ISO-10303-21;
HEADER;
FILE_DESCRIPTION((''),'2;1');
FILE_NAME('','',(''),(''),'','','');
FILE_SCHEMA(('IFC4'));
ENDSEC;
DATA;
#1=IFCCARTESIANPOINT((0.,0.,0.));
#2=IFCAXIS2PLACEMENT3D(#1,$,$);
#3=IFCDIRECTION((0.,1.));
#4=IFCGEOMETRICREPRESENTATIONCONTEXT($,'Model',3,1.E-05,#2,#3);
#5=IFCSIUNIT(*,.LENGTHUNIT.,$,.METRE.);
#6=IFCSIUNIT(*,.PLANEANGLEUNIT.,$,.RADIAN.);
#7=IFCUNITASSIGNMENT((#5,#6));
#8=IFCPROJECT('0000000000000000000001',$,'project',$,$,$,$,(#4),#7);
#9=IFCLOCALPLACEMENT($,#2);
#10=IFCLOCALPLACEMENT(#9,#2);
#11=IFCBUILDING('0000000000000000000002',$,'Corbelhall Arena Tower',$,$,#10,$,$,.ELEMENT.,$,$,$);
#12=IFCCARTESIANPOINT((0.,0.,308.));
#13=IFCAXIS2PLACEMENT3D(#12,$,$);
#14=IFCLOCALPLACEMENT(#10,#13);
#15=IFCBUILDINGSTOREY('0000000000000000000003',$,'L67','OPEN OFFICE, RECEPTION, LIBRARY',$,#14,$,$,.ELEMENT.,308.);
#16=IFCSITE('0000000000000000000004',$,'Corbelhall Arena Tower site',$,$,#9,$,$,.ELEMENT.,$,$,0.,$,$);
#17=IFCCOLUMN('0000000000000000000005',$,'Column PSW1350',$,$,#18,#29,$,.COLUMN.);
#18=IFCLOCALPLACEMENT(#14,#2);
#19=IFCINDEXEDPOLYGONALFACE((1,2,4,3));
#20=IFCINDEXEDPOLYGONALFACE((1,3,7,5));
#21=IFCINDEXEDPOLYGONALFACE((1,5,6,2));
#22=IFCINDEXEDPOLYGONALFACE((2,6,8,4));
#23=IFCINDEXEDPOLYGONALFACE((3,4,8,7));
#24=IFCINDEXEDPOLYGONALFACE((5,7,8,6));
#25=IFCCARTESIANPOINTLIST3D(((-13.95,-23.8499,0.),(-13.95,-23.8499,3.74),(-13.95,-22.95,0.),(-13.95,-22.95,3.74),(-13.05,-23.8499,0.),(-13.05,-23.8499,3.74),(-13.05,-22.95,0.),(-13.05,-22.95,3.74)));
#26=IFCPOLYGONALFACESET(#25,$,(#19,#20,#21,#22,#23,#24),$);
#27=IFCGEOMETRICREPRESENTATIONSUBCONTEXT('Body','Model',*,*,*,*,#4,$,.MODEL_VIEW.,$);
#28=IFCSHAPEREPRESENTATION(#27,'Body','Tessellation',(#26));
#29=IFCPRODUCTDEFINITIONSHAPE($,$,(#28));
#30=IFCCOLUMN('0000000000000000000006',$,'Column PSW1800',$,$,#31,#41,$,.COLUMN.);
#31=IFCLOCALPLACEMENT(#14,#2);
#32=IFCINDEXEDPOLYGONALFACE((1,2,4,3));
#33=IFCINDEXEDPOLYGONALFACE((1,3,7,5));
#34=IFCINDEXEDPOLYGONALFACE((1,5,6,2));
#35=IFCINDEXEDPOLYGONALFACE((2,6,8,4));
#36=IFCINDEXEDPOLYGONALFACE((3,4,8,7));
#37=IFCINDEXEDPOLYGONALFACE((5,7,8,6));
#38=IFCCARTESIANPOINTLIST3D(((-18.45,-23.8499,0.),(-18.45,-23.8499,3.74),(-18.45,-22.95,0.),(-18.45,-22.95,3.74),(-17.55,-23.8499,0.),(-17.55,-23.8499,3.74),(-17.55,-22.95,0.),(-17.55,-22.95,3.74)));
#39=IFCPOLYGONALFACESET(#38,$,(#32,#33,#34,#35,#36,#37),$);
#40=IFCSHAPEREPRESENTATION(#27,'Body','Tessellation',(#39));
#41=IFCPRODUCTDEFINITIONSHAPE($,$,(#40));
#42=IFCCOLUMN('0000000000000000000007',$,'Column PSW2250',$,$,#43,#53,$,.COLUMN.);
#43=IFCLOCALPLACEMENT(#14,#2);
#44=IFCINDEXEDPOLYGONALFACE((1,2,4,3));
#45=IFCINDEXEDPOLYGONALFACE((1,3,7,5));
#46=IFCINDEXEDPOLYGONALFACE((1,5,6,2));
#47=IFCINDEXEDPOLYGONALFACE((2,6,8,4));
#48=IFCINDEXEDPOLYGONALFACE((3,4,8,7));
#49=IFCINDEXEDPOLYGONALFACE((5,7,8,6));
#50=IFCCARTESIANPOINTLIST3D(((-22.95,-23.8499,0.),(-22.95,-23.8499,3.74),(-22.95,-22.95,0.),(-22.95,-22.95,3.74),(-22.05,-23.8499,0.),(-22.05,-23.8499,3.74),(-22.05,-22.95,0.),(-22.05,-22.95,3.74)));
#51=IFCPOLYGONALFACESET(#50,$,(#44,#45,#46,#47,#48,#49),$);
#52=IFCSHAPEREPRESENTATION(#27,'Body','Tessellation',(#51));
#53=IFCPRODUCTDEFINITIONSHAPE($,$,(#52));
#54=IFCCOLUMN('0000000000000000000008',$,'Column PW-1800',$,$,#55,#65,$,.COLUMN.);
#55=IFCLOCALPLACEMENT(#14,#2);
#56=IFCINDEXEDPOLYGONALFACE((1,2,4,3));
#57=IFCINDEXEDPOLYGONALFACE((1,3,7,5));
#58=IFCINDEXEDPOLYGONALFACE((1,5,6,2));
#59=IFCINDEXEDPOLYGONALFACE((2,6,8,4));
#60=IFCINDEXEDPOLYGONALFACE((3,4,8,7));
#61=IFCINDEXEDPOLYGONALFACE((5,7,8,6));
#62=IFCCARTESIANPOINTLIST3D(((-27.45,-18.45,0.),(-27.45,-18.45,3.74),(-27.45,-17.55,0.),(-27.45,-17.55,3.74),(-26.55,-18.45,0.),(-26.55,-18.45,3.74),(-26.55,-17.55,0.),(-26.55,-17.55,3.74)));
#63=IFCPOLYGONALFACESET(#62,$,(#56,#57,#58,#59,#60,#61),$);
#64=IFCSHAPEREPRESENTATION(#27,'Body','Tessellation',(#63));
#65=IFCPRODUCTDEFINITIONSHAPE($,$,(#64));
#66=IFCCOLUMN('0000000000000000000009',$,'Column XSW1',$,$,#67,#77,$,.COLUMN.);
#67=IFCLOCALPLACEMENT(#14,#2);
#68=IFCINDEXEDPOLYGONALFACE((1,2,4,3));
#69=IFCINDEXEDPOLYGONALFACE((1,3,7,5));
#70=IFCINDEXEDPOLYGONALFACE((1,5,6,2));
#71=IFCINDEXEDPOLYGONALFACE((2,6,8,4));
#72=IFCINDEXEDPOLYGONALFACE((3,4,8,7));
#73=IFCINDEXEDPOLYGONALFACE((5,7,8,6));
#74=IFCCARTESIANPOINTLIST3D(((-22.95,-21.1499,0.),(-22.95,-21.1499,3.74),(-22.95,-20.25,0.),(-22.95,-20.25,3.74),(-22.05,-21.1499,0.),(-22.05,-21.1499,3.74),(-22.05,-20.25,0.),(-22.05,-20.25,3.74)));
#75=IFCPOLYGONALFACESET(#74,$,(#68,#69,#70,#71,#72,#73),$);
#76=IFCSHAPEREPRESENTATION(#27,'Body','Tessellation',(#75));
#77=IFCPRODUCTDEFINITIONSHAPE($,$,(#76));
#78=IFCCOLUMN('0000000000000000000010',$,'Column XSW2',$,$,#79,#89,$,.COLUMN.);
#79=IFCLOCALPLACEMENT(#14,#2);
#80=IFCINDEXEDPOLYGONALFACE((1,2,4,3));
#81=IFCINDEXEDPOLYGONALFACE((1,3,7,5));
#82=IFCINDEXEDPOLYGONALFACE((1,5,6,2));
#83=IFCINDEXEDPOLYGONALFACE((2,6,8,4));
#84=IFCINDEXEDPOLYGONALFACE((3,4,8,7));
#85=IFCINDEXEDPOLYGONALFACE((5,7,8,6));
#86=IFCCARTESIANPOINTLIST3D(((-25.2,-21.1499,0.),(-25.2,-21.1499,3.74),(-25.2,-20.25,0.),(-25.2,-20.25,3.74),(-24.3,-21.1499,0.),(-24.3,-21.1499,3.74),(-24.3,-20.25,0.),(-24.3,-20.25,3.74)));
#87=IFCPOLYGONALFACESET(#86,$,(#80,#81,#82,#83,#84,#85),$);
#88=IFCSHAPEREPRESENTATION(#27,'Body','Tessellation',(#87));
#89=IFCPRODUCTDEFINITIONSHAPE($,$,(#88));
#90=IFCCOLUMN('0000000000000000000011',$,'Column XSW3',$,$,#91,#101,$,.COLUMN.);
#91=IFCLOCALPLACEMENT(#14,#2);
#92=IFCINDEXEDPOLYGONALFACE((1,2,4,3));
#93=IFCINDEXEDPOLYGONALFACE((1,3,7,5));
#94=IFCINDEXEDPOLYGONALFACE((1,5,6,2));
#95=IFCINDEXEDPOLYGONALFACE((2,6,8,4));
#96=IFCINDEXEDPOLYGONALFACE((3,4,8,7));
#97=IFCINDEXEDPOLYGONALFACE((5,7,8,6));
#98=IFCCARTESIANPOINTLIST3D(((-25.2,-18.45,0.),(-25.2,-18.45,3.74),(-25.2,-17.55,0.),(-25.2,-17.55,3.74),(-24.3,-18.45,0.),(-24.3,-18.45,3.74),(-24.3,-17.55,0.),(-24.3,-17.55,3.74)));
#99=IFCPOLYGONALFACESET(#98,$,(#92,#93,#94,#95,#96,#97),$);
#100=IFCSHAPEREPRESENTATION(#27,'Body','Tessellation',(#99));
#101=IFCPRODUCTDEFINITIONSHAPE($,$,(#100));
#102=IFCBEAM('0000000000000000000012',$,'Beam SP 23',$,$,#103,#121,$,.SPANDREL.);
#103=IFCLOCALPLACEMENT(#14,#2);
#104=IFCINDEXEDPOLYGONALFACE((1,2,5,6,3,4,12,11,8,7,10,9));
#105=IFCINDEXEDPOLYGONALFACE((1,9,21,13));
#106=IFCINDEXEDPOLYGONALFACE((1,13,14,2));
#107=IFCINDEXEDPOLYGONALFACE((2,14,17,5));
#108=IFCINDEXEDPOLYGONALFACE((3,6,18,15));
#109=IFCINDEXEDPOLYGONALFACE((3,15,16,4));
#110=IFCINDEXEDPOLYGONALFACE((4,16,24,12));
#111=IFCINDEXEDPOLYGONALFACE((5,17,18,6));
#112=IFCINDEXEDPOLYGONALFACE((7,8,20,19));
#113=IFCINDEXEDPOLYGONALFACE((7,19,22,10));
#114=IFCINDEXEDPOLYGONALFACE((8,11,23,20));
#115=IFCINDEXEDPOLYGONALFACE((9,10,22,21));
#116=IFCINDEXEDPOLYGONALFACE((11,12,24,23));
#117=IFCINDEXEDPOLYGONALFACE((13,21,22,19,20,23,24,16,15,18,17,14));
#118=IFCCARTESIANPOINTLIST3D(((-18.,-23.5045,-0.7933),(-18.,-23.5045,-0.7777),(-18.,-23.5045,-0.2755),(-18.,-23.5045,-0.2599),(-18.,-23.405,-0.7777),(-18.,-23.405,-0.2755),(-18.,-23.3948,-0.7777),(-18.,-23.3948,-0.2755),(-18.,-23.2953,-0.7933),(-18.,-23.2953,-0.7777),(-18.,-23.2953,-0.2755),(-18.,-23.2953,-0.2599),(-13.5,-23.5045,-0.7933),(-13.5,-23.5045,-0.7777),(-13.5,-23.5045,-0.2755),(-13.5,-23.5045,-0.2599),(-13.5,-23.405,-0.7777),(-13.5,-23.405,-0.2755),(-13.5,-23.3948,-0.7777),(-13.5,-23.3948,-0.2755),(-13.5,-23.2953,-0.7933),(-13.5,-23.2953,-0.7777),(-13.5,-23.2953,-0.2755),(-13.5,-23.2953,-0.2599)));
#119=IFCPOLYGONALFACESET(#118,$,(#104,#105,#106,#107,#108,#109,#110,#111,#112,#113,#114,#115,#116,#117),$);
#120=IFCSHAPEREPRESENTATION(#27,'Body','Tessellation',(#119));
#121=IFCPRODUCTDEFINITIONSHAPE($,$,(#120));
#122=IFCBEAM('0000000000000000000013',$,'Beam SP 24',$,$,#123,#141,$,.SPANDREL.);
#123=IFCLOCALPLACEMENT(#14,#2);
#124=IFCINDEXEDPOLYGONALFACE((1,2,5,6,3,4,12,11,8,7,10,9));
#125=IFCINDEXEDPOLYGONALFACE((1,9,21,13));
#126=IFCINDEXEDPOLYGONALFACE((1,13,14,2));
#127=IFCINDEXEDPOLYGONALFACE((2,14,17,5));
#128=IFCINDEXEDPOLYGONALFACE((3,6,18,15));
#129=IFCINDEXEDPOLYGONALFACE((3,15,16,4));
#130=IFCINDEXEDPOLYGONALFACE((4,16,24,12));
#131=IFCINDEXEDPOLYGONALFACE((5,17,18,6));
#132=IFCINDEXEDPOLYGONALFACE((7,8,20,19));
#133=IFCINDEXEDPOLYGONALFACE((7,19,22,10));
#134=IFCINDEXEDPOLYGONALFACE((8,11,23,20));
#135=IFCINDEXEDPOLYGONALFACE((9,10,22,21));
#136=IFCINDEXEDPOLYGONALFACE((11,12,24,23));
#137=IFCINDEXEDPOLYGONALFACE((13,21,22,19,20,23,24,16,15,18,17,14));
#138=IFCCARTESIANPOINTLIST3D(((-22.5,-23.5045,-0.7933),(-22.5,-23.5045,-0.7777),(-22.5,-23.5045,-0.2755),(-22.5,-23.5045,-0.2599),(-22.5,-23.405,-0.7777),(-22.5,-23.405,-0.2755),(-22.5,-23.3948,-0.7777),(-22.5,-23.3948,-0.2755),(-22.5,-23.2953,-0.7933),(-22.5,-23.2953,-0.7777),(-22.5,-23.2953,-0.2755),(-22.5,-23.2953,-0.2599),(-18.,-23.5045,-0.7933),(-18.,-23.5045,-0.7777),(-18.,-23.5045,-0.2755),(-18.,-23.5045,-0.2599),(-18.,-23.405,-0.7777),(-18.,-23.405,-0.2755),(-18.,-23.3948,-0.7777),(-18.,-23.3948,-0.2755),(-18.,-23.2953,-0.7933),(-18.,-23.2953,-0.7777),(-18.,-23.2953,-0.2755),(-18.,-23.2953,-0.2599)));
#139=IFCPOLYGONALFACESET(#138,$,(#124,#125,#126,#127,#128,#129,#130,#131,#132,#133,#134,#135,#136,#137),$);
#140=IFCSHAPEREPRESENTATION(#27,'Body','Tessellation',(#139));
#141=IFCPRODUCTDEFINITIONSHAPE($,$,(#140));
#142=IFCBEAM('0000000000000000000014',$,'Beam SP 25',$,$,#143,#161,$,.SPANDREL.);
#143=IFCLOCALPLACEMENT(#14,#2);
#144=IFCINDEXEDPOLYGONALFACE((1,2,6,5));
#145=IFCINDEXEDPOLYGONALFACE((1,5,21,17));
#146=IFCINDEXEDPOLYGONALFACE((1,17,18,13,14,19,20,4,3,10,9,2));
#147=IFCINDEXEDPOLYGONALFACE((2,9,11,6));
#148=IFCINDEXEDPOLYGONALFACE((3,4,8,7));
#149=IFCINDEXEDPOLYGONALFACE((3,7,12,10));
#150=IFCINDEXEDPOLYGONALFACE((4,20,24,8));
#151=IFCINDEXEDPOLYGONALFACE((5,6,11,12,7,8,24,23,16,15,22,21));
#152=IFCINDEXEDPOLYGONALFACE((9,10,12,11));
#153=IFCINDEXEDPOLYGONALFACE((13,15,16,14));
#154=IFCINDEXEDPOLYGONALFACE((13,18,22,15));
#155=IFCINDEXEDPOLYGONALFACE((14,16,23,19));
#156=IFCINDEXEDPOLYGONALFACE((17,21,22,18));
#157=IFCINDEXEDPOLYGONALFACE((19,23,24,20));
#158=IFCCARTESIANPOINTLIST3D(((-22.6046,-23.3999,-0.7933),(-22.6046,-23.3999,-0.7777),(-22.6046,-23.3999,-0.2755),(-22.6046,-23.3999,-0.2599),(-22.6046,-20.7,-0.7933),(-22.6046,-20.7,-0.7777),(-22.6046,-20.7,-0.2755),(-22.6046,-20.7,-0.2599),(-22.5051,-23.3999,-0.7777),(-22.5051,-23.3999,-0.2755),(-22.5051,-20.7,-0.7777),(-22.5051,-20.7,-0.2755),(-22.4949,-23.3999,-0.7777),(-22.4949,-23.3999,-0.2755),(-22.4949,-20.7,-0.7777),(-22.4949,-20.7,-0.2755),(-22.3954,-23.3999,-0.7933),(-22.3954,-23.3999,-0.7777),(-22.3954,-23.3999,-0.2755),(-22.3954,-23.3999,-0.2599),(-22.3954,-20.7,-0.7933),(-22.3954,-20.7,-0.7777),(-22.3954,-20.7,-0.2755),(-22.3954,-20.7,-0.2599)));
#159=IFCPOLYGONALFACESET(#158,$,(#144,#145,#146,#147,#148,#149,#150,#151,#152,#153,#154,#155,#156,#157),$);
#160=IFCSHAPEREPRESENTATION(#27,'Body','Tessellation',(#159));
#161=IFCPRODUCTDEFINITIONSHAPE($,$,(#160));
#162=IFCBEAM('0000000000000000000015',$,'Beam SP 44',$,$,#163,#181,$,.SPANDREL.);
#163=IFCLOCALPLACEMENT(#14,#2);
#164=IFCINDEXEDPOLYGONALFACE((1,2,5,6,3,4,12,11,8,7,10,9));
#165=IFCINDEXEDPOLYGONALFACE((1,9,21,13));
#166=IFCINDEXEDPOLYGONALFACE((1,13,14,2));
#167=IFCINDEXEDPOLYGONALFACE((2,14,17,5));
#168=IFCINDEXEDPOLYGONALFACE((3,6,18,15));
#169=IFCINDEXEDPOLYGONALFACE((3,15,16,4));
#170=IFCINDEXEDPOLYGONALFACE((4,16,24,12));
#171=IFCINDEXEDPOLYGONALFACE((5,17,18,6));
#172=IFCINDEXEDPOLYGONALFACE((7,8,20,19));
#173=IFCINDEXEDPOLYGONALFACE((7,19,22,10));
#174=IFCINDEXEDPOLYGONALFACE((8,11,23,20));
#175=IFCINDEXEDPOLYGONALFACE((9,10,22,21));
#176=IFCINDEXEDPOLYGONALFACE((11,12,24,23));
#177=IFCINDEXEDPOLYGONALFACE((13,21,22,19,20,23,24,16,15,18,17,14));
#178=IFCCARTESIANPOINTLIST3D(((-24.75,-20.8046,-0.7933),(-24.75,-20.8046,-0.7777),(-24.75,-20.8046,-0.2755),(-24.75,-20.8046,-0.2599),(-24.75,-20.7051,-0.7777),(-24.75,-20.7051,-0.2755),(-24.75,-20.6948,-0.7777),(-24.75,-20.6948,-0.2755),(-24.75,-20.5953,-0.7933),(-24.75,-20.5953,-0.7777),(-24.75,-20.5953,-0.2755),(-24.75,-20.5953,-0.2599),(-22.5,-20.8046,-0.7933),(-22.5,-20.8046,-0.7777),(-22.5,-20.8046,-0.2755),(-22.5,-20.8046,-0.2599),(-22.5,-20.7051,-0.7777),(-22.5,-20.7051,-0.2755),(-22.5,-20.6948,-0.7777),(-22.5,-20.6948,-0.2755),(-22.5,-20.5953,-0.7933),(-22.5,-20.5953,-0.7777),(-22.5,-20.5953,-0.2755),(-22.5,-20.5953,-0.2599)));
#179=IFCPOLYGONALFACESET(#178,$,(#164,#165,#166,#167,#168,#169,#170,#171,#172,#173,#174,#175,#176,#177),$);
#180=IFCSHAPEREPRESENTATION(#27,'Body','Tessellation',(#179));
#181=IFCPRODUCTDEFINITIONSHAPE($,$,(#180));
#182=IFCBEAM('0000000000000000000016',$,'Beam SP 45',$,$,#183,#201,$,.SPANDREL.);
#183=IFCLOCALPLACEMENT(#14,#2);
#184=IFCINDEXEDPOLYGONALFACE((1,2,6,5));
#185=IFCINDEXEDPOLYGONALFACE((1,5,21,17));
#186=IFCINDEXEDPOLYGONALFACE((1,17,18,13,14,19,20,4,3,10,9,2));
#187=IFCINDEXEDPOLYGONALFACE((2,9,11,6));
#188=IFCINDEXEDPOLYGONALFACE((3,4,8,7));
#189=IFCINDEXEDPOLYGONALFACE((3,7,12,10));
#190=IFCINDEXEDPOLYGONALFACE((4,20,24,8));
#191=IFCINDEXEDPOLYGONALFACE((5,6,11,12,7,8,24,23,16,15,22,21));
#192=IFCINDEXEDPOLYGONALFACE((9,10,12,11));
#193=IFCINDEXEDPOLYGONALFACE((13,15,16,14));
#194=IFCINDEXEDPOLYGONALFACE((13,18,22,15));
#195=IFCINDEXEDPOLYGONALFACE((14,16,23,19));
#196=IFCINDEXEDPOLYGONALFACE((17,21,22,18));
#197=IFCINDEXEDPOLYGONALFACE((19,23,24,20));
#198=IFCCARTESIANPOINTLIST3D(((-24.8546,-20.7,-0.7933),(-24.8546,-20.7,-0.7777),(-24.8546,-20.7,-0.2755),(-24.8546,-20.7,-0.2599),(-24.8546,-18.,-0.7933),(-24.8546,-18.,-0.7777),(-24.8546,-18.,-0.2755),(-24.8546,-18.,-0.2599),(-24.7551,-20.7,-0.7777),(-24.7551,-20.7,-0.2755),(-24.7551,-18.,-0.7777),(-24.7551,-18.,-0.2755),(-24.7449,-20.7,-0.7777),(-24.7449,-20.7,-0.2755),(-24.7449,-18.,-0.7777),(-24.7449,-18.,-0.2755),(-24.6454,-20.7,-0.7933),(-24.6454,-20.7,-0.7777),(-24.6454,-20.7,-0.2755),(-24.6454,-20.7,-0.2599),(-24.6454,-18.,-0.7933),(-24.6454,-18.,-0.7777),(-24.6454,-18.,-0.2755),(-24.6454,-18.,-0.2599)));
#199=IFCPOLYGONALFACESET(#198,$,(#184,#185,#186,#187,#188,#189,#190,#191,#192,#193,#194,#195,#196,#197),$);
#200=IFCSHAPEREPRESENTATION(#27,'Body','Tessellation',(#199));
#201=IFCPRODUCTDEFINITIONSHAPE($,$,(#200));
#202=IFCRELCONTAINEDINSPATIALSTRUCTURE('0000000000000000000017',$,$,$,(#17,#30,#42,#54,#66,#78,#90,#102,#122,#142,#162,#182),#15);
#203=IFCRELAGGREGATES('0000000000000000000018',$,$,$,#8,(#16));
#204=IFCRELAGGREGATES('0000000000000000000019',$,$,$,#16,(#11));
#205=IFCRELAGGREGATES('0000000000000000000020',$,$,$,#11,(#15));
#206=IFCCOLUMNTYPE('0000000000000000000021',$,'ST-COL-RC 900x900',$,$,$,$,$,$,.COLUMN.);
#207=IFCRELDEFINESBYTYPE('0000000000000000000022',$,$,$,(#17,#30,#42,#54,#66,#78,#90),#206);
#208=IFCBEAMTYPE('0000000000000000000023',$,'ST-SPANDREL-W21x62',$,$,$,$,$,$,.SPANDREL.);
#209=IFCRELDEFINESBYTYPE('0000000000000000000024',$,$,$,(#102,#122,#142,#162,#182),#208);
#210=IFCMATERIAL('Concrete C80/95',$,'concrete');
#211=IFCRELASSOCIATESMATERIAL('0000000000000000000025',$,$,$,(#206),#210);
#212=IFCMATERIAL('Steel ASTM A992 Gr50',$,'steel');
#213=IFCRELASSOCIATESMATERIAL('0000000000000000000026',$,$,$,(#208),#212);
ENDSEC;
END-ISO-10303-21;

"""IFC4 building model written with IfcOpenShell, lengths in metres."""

from ifc_helpers import new_model, si_unit, direction, frame, origin, origin_2d, place, context, subcontext, project, spatial, rectangle, i_section, extrude, material, material_profile, profile_set, type_object, element, save


model = new_model("IFC4")

# Units and contexts
model_context = context("Model", 3, precision=1e-05, world=origin(), true_north=direction((0.0, 1.0)))
body_context = subcontext(model_context, "Body", "Model", "MODEL_VIEW")
ifc_project = project(units=[si_unit("LENGTHUNIT", "METRE"), si_unit("PLANEANGLEUNIT", "RADIAN")], contexts=[model_context])

# Site, building, storey
site_placement = place(None, origin())
site = spatial("IfcSite", under=ifc_project, at=site_placement, Name="Corbelhall Arena Tower site", CompositionType="ELEMENT", RefElevation=0.0)
building_placement = place(site_placement, origin())
building = spatial("IfcBuilding", under=site, at=building_placement, Name="Corbelhall Arena Tower", CompositionType="ELEMENT")
storey_placement = place(building_placement, frame((0.0, 0.0, 308.0)))
storey = spatial("IfcBuildingStorey", under=building, at=storey_placement, Name="L67", Description="OPEN OFFICE, RECEPTION, LIBRARY", CompositionType="ELEMENT", Elevation=308.0)

# Columns
ifc_material_1 = material(Name="Concrete C80/95", Category="concrete")
ifc_material_profile_1 = material_profile(ifc_material_1, rectangle(XDim=0.8999, YDim=0.8999, at=origin_2d()))
ifc_profile_set_1 = profile_set([ifc_material_profile_1], Name="Concrete C80/95")
column_type = type_object("IfcColumnType", Name="ST-COL-RC 900x900", PredefinedType="COLUMN", material=ifc_profile_set_1)
for number, where, z_axis, x_axis, name in (
    (1, (-13.5, -23.3999, 0.0), (0.0, 0.0, 1.0), (1.0, 0.0, 0.0), "Column PSW1350"),
    (2, (-18.0, -23.3999, 0.0), (0.0, 0.0, 1.0), (1.0, 0.0, 0.0), "Column PSW1800"),
    (3, (-22.5, -23.3999, 0.0), (0.0, 0.0, 1.0), (1.0, 0.0, 0.0), "Column PSW2250"),
    (4, (-27.0, -18.0, 0.0), (0.0, 0.0, 1.0), (0.0, 1.0, 0.0), "Column PW-1800"),
    (5, (-22.5, -20.7, 0.0), (0.0, 0.0, 1.0), (1.0, 0.0, 0.0), "Column XSW1"),
    (6, (-24.75, -20.7, 0.0), (0.0, 0.0, 1.0), (1.0, 0.0, 0.0), "Column XSW2"),
    (7, (-24.75, -18.0, 0.0), (0.0, 0.0, 1.0), (1.0, 0.0, 0.0), "Column XSW3"),
):
    element("IfcColumn", number, at=place(storey_placement, frame(where, z_axis=z_axis, x_axis=x_axis)), inside=storey, type_object=column_type, Name=name, PredefinedType="COLUMN", context=body_context, shape_type="SweptSolid", body=[
        extrude(rectangle(XDim=0.8999, YDim=0.8999, at=origin_2d()), origin(), (0.0, 0.0, 1.0), 3.74),
    ])

# Beams
ifc_material_2 = material(Name="Steel ASTM A992 Gr50", Category="steel")
ifc_material_profile_2 = material_profile(ifc_material_2, i_section(OverallWidth=0.2092, OverallDepth=0.5334, WebThickness=0.0103, FlangeThickness=0.0156, at=origin_2d()))
ifc_profile_set_2 = profile_set([ifc_material_profile_2], Name="Steel ASTM A992 Gr50")
beam_type_1 = type_object("IfcBeamType", Name="ST-SPANDREL-W21x62", PredefinedType="SPANDREL", material=ifc_profile_set_2)
for number, where, z_axis, x_axis, name in (
    (8, (-13.5, -23.3999, -0.5266), (-1.0, 0.0, 0.0), (0.0, -1.0, 0.0), "Beam SP 23"),
    (9, (-18.0, -23.3999, -0.5266), (-1.0, 0.0, 0.0), (0.0, -1.0, 0.0), "Beam SP 24"),
):
    element("IfcBeam", number, at=place(storey_placement, frame(where, z_axis=z_axis, x_axis=x_axis)), inside=storey, type_object=beam_type_1, Name=name, PredefinedType="SPANDREL", context=body_context, shape_type="SweptSolid", body=[
        extrude(i_section(OverallWidth=0.2092, OverallDepth=0.5334, WebThickness=0.0103, FlangeThickness=0.0156, at=origin_2d()), origin(), (0.0, 0.0, 1.0), 4.5),
    ])
beam_1_placement = place(storey_placement, frame((-22.5, -23.3999, -0.5266), z_axis=(0.0, 1.0, 0.0), x_axis=(-1.0, 0.0, 0.0)))
element("IfcBeam", 10, at=beam_1_placement, inside=storey, type_object=beam_type_1, Name="Beam SP 25", PredefinedType="SPANDREL", context=body_context, shape_type="SweptSolid", body=[
    extrude(i_section(OverallWidth=0.2092, OverallDepth=0.5334, WebThickness=0.0103, FlangeThickness=0.0156, at=origin_2d()), origin(), (0.0, 0.0, 1.0), 2.7),
])
beam_2_placement = place(storey_placement, frame((-22.5, -20.7, -0.5266), z_axis=(-1.0, 0.0, 0.0), x_axis=(0.0, -1.0, 0.0)))
element("IfcBeam", 11, at=beam_2_placement, inside=storey, type_object=beam_type_1, Name="Beam SP 44", PredefinedType="SPANDREL", context=body_context, shape_type="SweptSolid", body=[
    extrude(i_section(OverallWidth=0.2092, OverallDepth=0.5334, WebThickness=0.0103, FlangeThickness=0.0156, at=origin_2d()), origin(), (0.0, 0.0, 1.0), 2.25),
])
beam_3_placement = place(storey_placement, frame((-24.75, -20.7, -0.5266), z_axis=(0.0, 1.0, 0.0), x_axis=(-1.0, 0.0, 0.0)))
element("IfcBeam", 12, at=beam_3_placement, inside=storey, type_object=beam_type_1, Name="Beam SP 45", PredefinedType="SPANDREL", context=body_context, shape_type="SweptSolid", body=[
    extrude(i_section(OverallWidth=0.2092, OverallDepth=0.5334, WebThickness=0.0103, FlangeThickness=0.0156, at=origin_2d()), origin(), (0.0, 0.0, 1.0), 2.7),
])

save(model, "model.ifc")
